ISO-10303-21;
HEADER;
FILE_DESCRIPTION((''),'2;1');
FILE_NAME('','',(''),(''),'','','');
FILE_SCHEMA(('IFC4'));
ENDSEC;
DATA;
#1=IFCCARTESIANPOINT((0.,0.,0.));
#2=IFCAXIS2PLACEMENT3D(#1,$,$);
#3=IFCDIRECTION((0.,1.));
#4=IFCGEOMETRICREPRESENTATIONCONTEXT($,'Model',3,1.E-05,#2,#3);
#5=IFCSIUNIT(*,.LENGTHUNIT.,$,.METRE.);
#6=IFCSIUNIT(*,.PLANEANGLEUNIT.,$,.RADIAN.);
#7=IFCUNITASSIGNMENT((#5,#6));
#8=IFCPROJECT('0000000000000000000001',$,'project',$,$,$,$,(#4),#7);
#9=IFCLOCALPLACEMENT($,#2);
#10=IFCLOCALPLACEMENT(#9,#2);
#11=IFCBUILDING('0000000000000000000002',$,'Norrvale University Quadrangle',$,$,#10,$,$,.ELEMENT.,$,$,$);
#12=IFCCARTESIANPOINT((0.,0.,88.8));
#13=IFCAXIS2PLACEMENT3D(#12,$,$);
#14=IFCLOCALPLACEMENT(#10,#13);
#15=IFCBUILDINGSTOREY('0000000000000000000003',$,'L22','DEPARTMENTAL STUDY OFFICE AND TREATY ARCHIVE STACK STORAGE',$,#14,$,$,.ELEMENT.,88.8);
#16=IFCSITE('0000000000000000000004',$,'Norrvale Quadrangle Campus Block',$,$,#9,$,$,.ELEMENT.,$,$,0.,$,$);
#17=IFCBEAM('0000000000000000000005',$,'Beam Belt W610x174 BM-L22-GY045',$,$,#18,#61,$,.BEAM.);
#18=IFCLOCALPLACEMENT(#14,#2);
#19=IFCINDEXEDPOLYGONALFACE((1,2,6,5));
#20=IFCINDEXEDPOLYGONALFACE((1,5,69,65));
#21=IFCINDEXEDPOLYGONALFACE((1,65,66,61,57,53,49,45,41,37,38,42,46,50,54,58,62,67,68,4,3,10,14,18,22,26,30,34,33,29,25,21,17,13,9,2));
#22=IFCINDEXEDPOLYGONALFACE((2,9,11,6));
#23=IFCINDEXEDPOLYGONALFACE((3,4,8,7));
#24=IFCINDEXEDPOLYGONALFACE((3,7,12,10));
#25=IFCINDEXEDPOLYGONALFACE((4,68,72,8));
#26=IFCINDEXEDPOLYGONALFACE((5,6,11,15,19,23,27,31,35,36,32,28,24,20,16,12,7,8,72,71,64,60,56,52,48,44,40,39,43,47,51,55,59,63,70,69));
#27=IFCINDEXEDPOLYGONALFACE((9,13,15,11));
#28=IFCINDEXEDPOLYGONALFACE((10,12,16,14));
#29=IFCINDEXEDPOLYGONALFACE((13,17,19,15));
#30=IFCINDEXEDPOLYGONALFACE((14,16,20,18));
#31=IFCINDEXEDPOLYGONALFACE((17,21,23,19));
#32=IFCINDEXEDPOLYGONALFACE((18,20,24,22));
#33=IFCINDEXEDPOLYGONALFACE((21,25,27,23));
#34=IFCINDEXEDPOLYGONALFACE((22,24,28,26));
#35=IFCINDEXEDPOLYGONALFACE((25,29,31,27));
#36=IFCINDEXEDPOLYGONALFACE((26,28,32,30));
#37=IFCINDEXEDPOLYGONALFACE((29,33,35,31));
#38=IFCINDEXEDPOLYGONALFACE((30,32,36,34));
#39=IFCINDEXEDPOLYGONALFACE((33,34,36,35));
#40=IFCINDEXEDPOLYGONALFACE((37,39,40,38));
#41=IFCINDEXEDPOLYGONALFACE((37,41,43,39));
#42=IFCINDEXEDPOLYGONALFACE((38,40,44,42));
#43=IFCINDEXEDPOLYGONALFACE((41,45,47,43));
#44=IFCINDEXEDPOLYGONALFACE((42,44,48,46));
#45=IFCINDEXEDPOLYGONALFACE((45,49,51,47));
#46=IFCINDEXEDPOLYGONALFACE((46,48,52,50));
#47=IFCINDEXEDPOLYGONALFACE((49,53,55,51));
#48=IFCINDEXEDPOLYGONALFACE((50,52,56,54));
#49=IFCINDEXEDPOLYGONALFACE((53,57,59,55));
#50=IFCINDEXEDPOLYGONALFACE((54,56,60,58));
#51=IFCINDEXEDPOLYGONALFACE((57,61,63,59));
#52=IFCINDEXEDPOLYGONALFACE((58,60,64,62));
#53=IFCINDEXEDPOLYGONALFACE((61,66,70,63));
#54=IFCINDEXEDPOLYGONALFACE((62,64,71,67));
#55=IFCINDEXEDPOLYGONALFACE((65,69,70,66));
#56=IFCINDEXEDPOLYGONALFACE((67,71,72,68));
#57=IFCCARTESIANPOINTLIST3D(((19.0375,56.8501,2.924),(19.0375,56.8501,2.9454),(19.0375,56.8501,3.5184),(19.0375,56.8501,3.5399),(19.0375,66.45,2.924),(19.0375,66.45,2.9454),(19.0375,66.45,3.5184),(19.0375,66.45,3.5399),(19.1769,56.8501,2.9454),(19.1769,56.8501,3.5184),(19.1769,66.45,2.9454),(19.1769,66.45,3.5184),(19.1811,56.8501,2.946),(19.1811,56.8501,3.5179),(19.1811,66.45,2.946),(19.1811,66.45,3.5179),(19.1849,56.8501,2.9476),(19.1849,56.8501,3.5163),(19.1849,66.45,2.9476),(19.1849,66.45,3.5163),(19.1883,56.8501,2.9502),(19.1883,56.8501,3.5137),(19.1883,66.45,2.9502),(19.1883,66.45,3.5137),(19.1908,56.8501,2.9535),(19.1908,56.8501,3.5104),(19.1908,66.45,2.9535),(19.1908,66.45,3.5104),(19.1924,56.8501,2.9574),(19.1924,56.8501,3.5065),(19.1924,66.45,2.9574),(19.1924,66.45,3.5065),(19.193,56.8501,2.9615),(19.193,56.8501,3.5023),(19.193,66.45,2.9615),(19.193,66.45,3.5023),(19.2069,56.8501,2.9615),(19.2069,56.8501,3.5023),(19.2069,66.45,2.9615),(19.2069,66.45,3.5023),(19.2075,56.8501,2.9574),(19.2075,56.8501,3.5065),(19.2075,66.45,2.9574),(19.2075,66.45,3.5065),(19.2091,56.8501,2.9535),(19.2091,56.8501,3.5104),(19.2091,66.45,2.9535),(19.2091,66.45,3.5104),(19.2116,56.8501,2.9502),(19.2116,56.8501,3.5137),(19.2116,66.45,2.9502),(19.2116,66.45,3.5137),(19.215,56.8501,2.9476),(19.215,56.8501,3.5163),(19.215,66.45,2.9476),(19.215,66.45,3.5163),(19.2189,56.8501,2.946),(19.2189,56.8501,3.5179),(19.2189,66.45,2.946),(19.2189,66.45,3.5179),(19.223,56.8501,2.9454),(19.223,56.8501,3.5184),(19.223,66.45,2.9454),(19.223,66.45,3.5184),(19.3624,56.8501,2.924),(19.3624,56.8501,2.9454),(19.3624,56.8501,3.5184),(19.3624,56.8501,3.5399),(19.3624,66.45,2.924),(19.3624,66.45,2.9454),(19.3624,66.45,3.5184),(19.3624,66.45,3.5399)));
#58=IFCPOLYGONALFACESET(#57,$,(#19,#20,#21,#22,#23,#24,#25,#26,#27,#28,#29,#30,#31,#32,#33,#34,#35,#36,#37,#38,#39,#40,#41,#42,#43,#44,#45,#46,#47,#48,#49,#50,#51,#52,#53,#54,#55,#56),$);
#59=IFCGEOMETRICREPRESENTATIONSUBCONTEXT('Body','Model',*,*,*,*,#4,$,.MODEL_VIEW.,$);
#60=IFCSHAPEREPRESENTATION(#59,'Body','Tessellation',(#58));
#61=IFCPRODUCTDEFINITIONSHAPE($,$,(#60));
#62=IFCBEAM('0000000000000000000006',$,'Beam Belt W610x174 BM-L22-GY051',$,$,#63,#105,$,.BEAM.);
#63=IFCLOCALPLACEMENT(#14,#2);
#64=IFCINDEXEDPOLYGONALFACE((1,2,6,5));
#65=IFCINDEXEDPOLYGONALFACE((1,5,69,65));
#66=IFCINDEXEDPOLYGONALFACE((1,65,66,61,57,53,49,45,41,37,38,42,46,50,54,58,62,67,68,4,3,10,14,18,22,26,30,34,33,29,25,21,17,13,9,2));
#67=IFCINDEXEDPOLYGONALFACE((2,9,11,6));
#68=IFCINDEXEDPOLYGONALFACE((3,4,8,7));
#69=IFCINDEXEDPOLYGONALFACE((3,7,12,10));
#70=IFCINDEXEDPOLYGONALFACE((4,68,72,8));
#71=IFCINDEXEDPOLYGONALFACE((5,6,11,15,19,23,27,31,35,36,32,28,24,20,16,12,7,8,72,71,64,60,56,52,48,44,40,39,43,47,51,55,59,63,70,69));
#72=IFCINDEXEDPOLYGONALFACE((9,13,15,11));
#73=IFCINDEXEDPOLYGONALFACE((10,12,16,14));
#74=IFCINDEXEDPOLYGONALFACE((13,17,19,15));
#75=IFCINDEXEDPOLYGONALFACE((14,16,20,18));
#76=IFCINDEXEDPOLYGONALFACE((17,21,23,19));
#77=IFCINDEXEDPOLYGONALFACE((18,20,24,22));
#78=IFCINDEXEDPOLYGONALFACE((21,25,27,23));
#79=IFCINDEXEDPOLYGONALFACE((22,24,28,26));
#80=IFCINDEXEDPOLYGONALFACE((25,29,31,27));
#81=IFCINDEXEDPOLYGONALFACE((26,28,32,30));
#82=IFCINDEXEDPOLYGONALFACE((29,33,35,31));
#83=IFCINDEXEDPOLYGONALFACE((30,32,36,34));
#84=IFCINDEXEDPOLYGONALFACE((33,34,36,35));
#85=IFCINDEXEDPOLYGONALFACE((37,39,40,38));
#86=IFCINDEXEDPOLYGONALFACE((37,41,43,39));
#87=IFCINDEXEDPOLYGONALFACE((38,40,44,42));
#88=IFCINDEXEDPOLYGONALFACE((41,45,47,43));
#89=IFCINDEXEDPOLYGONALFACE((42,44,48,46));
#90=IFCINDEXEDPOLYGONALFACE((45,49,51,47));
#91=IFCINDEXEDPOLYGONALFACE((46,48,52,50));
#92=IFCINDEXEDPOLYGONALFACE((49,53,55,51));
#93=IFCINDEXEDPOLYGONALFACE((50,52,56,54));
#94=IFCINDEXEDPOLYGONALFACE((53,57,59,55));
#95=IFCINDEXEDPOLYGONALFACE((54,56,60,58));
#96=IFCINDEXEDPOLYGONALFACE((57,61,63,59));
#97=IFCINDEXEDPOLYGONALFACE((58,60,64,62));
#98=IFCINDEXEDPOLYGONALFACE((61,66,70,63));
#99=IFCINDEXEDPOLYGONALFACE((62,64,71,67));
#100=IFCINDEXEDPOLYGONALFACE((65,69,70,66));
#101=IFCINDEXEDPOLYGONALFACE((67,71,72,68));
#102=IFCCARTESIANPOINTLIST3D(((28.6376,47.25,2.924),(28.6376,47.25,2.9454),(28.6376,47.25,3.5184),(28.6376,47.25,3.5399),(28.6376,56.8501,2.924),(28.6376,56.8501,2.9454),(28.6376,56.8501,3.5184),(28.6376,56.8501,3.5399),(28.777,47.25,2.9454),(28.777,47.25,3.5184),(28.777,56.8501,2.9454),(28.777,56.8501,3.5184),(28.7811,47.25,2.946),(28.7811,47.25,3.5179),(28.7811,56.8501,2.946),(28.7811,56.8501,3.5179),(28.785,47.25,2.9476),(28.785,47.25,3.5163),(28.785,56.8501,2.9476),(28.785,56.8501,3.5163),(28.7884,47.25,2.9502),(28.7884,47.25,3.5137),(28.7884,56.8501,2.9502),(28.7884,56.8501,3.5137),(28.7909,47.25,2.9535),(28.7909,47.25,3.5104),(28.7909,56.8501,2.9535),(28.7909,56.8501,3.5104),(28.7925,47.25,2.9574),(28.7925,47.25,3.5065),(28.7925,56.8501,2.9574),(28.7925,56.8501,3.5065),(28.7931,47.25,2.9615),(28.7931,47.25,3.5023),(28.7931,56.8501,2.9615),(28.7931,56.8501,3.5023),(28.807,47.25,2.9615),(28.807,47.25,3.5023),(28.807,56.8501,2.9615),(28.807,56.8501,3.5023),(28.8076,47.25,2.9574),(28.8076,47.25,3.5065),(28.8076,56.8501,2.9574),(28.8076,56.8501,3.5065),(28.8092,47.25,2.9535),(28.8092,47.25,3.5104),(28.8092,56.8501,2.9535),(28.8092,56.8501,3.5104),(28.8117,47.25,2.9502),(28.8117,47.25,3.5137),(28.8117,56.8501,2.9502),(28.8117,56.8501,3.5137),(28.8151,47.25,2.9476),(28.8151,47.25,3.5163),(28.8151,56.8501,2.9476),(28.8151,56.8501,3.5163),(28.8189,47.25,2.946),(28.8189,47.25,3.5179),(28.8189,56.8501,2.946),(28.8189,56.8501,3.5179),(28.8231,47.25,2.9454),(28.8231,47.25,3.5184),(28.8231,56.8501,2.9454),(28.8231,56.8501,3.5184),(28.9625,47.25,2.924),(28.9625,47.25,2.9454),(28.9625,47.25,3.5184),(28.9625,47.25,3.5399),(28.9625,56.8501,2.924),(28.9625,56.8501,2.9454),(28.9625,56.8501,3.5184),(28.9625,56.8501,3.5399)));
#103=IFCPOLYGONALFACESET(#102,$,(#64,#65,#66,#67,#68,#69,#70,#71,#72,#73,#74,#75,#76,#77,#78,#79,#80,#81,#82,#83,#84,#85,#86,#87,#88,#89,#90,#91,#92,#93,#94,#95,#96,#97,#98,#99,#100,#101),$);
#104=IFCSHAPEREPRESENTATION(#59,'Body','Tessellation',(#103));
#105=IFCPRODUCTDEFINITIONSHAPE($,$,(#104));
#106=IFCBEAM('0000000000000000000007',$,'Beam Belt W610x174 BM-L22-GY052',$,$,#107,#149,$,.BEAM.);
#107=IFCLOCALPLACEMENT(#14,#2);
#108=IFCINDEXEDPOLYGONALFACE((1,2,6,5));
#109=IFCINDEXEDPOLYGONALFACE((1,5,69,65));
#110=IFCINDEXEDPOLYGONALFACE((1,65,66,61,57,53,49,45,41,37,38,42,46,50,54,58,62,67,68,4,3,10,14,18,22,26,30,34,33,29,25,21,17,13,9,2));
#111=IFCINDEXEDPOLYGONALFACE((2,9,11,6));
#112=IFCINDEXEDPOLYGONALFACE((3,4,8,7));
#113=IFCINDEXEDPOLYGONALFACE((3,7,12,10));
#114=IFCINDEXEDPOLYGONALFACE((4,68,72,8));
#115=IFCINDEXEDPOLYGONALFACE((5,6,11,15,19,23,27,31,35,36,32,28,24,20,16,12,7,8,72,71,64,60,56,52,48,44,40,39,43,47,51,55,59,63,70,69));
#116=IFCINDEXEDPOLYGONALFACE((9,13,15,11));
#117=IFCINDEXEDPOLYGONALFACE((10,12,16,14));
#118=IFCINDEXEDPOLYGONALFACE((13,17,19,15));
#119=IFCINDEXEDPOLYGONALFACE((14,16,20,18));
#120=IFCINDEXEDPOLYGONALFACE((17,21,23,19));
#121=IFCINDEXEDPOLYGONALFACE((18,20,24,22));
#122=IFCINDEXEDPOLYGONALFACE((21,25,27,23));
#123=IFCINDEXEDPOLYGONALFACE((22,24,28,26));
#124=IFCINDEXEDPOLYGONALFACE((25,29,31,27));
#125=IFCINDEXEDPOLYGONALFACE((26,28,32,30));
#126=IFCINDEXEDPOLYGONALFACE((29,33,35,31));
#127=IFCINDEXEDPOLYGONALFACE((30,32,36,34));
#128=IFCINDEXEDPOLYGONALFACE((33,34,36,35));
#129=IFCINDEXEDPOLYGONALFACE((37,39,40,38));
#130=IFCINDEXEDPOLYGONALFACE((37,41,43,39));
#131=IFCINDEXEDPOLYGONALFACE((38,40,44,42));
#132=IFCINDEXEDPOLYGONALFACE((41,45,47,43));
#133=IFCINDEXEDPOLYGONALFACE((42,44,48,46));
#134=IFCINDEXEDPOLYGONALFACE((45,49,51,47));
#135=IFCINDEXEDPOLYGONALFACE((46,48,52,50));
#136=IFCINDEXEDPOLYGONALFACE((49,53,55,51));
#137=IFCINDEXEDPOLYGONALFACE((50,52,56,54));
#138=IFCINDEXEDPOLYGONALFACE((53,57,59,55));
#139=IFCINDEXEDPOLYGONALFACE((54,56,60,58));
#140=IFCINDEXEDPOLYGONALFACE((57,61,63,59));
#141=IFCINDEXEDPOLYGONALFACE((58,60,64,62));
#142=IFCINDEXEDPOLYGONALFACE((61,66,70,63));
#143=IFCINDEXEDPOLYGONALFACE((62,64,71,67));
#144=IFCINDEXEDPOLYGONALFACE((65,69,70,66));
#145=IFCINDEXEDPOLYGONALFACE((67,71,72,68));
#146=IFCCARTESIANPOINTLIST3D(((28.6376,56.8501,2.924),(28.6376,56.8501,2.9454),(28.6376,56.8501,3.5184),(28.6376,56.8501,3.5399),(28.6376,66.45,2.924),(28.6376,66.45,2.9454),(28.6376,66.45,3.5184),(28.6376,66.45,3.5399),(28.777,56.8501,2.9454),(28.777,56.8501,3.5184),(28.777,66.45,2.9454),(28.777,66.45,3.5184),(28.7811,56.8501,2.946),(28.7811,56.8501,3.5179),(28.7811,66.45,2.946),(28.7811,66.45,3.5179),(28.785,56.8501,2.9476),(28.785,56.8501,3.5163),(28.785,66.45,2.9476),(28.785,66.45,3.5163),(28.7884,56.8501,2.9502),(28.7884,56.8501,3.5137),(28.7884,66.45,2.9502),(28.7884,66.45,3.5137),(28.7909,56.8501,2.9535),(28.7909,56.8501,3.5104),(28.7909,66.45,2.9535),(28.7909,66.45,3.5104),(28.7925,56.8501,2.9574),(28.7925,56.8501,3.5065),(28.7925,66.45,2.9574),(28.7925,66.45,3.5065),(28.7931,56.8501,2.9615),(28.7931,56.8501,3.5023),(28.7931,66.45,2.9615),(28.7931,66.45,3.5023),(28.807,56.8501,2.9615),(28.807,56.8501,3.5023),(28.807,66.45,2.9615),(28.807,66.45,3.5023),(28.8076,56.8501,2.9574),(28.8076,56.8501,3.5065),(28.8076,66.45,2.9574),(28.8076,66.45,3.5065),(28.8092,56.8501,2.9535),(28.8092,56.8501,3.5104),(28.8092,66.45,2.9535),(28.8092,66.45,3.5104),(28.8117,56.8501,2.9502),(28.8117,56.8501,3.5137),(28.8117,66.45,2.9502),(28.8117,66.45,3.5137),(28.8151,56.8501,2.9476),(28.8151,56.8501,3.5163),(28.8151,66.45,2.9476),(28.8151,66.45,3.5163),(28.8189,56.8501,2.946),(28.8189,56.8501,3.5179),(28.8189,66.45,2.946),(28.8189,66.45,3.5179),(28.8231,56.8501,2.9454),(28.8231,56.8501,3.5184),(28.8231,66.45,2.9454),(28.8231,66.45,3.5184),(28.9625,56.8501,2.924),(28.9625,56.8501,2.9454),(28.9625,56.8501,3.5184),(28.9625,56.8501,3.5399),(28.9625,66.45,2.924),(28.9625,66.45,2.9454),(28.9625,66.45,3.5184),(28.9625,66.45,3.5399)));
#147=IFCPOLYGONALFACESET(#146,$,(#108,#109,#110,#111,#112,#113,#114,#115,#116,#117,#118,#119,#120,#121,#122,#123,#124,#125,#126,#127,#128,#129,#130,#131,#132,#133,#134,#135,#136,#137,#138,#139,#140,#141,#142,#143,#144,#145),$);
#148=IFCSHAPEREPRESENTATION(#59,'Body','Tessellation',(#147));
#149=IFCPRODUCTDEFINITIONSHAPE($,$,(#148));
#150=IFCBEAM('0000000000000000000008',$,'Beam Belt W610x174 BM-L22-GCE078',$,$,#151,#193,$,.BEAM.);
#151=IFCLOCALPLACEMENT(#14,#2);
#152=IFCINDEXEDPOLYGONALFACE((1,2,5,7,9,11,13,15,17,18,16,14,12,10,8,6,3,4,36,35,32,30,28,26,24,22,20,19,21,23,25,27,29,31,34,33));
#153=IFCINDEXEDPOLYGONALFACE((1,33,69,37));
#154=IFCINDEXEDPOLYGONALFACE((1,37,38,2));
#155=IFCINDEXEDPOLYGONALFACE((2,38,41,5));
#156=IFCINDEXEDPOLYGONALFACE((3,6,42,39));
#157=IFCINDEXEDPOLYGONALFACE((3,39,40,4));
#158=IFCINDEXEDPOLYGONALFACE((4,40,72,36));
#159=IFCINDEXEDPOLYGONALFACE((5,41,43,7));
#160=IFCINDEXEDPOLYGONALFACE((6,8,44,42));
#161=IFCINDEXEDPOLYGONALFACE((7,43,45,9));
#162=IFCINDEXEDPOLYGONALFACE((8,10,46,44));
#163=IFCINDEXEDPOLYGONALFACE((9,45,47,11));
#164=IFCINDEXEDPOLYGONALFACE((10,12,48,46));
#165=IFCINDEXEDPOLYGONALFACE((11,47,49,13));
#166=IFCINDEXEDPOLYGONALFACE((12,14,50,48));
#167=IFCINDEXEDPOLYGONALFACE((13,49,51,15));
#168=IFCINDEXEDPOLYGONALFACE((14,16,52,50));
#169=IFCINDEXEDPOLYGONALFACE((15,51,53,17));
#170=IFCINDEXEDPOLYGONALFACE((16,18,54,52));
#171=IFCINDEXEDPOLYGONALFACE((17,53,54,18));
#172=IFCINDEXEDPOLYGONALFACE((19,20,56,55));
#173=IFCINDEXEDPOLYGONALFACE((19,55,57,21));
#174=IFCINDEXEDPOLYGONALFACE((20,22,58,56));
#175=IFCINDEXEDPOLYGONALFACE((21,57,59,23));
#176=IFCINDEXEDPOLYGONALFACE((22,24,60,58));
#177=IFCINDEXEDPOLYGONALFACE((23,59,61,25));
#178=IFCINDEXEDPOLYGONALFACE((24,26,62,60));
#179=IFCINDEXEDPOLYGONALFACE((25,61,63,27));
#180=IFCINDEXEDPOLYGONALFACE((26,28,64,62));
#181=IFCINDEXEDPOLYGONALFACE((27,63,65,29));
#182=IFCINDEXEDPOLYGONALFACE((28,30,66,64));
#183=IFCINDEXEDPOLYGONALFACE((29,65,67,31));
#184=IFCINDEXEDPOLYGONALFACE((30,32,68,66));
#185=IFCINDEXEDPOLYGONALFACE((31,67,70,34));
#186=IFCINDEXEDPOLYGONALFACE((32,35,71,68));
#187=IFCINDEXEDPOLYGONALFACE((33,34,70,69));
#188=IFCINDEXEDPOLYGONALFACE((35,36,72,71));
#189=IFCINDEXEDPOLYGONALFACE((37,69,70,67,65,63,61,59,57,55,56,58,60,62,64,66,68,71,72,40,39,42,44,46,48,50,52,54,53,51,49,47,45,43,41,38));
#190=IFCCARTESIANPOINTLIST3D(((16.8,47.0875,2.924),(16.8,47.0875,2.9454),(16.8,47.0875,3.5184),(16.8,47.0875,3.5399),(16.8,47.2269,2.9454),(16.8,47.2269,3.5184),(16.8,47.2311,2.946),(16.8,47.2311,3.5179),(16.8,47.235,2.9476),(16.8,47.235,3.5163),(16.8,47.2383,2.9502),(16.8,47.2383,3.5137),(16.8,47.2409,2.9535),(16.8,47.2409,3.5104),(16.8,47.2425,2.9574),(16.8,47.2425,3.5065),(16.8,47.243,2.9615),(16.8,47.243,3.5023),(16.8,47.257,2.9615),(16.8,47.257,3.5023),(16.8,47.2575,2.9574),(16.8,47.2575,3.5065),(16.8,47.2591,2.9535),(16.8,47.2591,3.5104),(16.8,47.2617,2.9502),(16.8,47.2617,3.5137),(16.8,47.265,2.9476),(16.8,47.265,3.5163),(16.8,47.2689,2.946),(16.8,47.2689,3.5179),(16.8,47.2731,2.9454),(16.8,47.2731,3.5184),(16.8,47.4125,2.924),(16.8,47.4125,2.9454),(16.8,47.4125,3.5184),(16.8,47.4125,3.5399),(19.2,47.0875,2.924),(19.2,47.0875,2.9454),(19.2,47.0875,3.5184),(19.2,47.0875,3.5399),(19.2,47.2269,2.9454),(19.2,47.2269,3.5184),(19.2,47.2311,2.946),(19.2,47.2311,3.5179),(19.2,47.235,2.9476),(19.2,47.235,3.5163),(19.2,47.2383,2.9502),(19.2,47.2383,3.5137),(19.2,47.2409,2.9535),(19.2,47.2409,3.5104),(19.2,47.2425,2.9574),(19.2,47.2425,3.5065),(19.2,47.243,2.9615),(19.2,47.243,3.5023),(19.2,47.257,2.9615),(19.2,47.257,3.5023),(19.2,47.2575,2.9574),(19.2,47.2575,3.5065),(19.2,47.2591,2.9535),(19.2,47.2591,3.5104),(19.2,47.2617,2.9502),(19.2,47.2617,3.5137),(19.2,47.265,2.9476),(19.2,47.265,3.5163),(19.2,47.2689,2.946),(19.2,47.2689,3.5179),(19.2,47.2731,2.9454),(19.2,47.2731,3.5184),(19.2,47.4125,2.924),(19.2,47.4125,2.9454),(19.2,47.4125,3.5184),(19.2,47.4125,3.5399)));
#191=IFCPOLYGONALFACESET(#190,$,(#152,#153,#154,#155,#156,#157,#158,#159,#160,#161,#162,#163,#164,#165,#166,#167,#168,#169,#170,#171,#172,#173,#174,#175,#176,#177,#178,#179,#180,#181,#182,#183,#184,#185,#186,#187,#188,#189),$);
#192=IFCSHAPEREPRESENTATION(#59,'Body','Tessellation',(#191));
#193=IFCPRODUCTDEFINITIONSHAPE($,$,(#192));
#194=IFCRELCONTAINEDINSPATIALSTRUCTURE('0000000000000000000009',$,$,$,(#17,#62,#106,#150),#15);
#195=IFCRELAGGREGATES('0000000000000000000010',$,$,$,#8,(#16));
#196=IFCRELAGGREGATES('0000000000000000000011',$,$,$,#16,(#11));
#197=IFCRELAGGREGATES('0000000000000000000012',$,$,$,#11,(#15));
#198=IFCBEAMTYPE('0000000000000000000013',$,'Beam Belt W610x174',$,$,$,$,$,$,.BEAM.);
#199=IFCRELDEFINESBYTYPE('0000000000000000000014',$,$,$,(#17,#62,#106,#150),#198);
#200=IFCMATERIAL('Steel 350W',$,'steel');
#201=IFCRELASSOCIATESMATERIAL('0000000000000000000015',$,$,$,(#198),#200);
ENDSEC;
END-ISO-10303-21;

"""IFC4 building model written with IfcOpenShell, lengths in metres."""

from ifc_helpers import new_model, si_unit, direction, frame, origin, origin_2d, place, context, subcontext, project, spatial, i_section, extrude, material, material_profile, profile_set, type_object, element, save


model = new_model("IFC4")

# Units and contexts
model_context = context("Model", 3, precision=1e-05, world=origin(), true_north=direction((0.0, 1.0)))
body_context = subcontext(model_context, "Body", "Model", "MODEL_VIEW")
ifc_project = project(units=[si_unit("LENGTHUNIT", "METRE"), si_unit("PLANEANGLEUNIT", "RADIAN")], contexts=[model_context])

# Site, building, storey
site_placement = place(None, origin())
site = spatial("IfcSite", under=ifc_project, at=site_placement, Name="Norrvale Quadrangle Campus Block", CompositionType="ELEMENT", RefElevation=0.0)
building_placement = place(site_placement, origin())
building = spatial("IfcBuilding", under=site, at=building_placement, Name="Norrvale University Quadrangle", CompositionType="ELEMENT")
storey_placement = place(building_placement, frame((0.0, 0.0, 88.8)))
storey = spatial("IfcBuildingStorey", under=building, at=storey_placement, Name="L22", Description="DEPARTMENTAL STUDY OFFICE AND TREATY ARCHIVE STACK STORAGE", CompositionType="ELEMENT", Elevation=88.8)

# Beams
ifc_material_1 = material(Name="Steel 350W", Category="steel")
ifc_material_profile_1 = material_profile(ifc_material_1, i_section(OverallWidth=0.325, OverallDepth=0.616, WebThickness=0.0139, FlangeThickness=0.0215, FilletRadius=0.0161, at=origin_2d()), Name="Steel 350W")
ifc_profile_set_1 = profile_set([ifc_material_profile_1], Name="Steel 350W")
beam_type_1 = type_object("IfcBeamType", Name="Beam Belt W610x174", PredefinedType="BEAM", material=ifc_profile_set_1)
beam_1_placement = place(storey_placement, frame((19.2, 56.8501, 3.2319), z_axis=(0.0, 1.0, 0.0), x_axis=(-1.0, 0.0, 0.0)))
element("IfcBeam", 1, at=beam_1_placement, inside=storey, type_object=beam_type_1, Name="Beam Belt W610x174 BM-L22-GY045", PredefinedType="BEAM", context=body_context, shape_type="SweptSolid", body=[
    extrude(i_section(OverallWidth=0.325, OverallDepth=0.616, WebThickness=0.0139, FlangeThickness=0.0215, FilletRadius=0.0161, at=origin_2d()), origin(), (0.0, 0.0, 1.0), 9.5999),
])
beam_2_placement = place(storey_placement, frame((28.8, 47.25, 3.2319), z_axis=(0.0, 1.0, 0.0), x_axis=(-1.0, 0.0, 0.0)))
element("IfcBeam", 2, at=beam_2_placement, inside=storey, type_object=beam_type_1, Name="Beam Belt W610x174 BM-L22-GY051", PredefinedType="BEAM", context=body_context, shape_type="SweptSolid", body=[
    extrude(i_section(OverallWidth=0.325, OverallDepth=0.616, WebThickness=0.0139, FlangeThickness=0.0215, FilletRadius=0.0161, at=origin_2d()), origin(), (0.0, 0.0, 1.0), 9.6001),
])
beam_3_placement = place(storey_placement, frame((28.8, 56.8501, 3.2319), z_axis=(0.0, 1.0, 0.0), x_axis=(-1.0, 0.0, 0.0)))
element("IfcBeam", 3, at=beam_3_placement, inside=storey, type_object=beam_type_1, Name="Beam Belt W610x174 BM-L22-GY052", PredefinedType="BEAM", context=body_context, shape_type="SweptSolid", body=[
    extrude(i_section(OverallWidth=0.325, OverallDepth=0.616, WebThickness=0.0139, FlangeThickness=0.0215, FilletRadius=0.0161, at=origin_2d()), origin(), (0.0, 0.0, 1.0), 9.5999),
])
beam_4_placement = place(storey_placement, frame((16.8, 47.25, 3.2319), z_axis=(1.0, 0.0, 0.0), x_axis=(0.0, 1.0, 0.0)))
element("IfcBeam", 4, at=beam_4_placement, inside=storey, type_object=beam_type_1, Name="Beam Belt W610x174 BM-L22-GCE078", PredefinedType="BEAM", context=body_context, shape_type="SweptSolid", body=[
    extrude(i_section(OverallWidth=0.325, OverallDepth=0.616, WebThickness=0.0139, FlangeThickness=0.0215, FilletRadius=0.0161, at=origin_2d()), origin(), (0.0, 0.0, 1.0), 2.3999),
])

save(model, "model.ifc")
